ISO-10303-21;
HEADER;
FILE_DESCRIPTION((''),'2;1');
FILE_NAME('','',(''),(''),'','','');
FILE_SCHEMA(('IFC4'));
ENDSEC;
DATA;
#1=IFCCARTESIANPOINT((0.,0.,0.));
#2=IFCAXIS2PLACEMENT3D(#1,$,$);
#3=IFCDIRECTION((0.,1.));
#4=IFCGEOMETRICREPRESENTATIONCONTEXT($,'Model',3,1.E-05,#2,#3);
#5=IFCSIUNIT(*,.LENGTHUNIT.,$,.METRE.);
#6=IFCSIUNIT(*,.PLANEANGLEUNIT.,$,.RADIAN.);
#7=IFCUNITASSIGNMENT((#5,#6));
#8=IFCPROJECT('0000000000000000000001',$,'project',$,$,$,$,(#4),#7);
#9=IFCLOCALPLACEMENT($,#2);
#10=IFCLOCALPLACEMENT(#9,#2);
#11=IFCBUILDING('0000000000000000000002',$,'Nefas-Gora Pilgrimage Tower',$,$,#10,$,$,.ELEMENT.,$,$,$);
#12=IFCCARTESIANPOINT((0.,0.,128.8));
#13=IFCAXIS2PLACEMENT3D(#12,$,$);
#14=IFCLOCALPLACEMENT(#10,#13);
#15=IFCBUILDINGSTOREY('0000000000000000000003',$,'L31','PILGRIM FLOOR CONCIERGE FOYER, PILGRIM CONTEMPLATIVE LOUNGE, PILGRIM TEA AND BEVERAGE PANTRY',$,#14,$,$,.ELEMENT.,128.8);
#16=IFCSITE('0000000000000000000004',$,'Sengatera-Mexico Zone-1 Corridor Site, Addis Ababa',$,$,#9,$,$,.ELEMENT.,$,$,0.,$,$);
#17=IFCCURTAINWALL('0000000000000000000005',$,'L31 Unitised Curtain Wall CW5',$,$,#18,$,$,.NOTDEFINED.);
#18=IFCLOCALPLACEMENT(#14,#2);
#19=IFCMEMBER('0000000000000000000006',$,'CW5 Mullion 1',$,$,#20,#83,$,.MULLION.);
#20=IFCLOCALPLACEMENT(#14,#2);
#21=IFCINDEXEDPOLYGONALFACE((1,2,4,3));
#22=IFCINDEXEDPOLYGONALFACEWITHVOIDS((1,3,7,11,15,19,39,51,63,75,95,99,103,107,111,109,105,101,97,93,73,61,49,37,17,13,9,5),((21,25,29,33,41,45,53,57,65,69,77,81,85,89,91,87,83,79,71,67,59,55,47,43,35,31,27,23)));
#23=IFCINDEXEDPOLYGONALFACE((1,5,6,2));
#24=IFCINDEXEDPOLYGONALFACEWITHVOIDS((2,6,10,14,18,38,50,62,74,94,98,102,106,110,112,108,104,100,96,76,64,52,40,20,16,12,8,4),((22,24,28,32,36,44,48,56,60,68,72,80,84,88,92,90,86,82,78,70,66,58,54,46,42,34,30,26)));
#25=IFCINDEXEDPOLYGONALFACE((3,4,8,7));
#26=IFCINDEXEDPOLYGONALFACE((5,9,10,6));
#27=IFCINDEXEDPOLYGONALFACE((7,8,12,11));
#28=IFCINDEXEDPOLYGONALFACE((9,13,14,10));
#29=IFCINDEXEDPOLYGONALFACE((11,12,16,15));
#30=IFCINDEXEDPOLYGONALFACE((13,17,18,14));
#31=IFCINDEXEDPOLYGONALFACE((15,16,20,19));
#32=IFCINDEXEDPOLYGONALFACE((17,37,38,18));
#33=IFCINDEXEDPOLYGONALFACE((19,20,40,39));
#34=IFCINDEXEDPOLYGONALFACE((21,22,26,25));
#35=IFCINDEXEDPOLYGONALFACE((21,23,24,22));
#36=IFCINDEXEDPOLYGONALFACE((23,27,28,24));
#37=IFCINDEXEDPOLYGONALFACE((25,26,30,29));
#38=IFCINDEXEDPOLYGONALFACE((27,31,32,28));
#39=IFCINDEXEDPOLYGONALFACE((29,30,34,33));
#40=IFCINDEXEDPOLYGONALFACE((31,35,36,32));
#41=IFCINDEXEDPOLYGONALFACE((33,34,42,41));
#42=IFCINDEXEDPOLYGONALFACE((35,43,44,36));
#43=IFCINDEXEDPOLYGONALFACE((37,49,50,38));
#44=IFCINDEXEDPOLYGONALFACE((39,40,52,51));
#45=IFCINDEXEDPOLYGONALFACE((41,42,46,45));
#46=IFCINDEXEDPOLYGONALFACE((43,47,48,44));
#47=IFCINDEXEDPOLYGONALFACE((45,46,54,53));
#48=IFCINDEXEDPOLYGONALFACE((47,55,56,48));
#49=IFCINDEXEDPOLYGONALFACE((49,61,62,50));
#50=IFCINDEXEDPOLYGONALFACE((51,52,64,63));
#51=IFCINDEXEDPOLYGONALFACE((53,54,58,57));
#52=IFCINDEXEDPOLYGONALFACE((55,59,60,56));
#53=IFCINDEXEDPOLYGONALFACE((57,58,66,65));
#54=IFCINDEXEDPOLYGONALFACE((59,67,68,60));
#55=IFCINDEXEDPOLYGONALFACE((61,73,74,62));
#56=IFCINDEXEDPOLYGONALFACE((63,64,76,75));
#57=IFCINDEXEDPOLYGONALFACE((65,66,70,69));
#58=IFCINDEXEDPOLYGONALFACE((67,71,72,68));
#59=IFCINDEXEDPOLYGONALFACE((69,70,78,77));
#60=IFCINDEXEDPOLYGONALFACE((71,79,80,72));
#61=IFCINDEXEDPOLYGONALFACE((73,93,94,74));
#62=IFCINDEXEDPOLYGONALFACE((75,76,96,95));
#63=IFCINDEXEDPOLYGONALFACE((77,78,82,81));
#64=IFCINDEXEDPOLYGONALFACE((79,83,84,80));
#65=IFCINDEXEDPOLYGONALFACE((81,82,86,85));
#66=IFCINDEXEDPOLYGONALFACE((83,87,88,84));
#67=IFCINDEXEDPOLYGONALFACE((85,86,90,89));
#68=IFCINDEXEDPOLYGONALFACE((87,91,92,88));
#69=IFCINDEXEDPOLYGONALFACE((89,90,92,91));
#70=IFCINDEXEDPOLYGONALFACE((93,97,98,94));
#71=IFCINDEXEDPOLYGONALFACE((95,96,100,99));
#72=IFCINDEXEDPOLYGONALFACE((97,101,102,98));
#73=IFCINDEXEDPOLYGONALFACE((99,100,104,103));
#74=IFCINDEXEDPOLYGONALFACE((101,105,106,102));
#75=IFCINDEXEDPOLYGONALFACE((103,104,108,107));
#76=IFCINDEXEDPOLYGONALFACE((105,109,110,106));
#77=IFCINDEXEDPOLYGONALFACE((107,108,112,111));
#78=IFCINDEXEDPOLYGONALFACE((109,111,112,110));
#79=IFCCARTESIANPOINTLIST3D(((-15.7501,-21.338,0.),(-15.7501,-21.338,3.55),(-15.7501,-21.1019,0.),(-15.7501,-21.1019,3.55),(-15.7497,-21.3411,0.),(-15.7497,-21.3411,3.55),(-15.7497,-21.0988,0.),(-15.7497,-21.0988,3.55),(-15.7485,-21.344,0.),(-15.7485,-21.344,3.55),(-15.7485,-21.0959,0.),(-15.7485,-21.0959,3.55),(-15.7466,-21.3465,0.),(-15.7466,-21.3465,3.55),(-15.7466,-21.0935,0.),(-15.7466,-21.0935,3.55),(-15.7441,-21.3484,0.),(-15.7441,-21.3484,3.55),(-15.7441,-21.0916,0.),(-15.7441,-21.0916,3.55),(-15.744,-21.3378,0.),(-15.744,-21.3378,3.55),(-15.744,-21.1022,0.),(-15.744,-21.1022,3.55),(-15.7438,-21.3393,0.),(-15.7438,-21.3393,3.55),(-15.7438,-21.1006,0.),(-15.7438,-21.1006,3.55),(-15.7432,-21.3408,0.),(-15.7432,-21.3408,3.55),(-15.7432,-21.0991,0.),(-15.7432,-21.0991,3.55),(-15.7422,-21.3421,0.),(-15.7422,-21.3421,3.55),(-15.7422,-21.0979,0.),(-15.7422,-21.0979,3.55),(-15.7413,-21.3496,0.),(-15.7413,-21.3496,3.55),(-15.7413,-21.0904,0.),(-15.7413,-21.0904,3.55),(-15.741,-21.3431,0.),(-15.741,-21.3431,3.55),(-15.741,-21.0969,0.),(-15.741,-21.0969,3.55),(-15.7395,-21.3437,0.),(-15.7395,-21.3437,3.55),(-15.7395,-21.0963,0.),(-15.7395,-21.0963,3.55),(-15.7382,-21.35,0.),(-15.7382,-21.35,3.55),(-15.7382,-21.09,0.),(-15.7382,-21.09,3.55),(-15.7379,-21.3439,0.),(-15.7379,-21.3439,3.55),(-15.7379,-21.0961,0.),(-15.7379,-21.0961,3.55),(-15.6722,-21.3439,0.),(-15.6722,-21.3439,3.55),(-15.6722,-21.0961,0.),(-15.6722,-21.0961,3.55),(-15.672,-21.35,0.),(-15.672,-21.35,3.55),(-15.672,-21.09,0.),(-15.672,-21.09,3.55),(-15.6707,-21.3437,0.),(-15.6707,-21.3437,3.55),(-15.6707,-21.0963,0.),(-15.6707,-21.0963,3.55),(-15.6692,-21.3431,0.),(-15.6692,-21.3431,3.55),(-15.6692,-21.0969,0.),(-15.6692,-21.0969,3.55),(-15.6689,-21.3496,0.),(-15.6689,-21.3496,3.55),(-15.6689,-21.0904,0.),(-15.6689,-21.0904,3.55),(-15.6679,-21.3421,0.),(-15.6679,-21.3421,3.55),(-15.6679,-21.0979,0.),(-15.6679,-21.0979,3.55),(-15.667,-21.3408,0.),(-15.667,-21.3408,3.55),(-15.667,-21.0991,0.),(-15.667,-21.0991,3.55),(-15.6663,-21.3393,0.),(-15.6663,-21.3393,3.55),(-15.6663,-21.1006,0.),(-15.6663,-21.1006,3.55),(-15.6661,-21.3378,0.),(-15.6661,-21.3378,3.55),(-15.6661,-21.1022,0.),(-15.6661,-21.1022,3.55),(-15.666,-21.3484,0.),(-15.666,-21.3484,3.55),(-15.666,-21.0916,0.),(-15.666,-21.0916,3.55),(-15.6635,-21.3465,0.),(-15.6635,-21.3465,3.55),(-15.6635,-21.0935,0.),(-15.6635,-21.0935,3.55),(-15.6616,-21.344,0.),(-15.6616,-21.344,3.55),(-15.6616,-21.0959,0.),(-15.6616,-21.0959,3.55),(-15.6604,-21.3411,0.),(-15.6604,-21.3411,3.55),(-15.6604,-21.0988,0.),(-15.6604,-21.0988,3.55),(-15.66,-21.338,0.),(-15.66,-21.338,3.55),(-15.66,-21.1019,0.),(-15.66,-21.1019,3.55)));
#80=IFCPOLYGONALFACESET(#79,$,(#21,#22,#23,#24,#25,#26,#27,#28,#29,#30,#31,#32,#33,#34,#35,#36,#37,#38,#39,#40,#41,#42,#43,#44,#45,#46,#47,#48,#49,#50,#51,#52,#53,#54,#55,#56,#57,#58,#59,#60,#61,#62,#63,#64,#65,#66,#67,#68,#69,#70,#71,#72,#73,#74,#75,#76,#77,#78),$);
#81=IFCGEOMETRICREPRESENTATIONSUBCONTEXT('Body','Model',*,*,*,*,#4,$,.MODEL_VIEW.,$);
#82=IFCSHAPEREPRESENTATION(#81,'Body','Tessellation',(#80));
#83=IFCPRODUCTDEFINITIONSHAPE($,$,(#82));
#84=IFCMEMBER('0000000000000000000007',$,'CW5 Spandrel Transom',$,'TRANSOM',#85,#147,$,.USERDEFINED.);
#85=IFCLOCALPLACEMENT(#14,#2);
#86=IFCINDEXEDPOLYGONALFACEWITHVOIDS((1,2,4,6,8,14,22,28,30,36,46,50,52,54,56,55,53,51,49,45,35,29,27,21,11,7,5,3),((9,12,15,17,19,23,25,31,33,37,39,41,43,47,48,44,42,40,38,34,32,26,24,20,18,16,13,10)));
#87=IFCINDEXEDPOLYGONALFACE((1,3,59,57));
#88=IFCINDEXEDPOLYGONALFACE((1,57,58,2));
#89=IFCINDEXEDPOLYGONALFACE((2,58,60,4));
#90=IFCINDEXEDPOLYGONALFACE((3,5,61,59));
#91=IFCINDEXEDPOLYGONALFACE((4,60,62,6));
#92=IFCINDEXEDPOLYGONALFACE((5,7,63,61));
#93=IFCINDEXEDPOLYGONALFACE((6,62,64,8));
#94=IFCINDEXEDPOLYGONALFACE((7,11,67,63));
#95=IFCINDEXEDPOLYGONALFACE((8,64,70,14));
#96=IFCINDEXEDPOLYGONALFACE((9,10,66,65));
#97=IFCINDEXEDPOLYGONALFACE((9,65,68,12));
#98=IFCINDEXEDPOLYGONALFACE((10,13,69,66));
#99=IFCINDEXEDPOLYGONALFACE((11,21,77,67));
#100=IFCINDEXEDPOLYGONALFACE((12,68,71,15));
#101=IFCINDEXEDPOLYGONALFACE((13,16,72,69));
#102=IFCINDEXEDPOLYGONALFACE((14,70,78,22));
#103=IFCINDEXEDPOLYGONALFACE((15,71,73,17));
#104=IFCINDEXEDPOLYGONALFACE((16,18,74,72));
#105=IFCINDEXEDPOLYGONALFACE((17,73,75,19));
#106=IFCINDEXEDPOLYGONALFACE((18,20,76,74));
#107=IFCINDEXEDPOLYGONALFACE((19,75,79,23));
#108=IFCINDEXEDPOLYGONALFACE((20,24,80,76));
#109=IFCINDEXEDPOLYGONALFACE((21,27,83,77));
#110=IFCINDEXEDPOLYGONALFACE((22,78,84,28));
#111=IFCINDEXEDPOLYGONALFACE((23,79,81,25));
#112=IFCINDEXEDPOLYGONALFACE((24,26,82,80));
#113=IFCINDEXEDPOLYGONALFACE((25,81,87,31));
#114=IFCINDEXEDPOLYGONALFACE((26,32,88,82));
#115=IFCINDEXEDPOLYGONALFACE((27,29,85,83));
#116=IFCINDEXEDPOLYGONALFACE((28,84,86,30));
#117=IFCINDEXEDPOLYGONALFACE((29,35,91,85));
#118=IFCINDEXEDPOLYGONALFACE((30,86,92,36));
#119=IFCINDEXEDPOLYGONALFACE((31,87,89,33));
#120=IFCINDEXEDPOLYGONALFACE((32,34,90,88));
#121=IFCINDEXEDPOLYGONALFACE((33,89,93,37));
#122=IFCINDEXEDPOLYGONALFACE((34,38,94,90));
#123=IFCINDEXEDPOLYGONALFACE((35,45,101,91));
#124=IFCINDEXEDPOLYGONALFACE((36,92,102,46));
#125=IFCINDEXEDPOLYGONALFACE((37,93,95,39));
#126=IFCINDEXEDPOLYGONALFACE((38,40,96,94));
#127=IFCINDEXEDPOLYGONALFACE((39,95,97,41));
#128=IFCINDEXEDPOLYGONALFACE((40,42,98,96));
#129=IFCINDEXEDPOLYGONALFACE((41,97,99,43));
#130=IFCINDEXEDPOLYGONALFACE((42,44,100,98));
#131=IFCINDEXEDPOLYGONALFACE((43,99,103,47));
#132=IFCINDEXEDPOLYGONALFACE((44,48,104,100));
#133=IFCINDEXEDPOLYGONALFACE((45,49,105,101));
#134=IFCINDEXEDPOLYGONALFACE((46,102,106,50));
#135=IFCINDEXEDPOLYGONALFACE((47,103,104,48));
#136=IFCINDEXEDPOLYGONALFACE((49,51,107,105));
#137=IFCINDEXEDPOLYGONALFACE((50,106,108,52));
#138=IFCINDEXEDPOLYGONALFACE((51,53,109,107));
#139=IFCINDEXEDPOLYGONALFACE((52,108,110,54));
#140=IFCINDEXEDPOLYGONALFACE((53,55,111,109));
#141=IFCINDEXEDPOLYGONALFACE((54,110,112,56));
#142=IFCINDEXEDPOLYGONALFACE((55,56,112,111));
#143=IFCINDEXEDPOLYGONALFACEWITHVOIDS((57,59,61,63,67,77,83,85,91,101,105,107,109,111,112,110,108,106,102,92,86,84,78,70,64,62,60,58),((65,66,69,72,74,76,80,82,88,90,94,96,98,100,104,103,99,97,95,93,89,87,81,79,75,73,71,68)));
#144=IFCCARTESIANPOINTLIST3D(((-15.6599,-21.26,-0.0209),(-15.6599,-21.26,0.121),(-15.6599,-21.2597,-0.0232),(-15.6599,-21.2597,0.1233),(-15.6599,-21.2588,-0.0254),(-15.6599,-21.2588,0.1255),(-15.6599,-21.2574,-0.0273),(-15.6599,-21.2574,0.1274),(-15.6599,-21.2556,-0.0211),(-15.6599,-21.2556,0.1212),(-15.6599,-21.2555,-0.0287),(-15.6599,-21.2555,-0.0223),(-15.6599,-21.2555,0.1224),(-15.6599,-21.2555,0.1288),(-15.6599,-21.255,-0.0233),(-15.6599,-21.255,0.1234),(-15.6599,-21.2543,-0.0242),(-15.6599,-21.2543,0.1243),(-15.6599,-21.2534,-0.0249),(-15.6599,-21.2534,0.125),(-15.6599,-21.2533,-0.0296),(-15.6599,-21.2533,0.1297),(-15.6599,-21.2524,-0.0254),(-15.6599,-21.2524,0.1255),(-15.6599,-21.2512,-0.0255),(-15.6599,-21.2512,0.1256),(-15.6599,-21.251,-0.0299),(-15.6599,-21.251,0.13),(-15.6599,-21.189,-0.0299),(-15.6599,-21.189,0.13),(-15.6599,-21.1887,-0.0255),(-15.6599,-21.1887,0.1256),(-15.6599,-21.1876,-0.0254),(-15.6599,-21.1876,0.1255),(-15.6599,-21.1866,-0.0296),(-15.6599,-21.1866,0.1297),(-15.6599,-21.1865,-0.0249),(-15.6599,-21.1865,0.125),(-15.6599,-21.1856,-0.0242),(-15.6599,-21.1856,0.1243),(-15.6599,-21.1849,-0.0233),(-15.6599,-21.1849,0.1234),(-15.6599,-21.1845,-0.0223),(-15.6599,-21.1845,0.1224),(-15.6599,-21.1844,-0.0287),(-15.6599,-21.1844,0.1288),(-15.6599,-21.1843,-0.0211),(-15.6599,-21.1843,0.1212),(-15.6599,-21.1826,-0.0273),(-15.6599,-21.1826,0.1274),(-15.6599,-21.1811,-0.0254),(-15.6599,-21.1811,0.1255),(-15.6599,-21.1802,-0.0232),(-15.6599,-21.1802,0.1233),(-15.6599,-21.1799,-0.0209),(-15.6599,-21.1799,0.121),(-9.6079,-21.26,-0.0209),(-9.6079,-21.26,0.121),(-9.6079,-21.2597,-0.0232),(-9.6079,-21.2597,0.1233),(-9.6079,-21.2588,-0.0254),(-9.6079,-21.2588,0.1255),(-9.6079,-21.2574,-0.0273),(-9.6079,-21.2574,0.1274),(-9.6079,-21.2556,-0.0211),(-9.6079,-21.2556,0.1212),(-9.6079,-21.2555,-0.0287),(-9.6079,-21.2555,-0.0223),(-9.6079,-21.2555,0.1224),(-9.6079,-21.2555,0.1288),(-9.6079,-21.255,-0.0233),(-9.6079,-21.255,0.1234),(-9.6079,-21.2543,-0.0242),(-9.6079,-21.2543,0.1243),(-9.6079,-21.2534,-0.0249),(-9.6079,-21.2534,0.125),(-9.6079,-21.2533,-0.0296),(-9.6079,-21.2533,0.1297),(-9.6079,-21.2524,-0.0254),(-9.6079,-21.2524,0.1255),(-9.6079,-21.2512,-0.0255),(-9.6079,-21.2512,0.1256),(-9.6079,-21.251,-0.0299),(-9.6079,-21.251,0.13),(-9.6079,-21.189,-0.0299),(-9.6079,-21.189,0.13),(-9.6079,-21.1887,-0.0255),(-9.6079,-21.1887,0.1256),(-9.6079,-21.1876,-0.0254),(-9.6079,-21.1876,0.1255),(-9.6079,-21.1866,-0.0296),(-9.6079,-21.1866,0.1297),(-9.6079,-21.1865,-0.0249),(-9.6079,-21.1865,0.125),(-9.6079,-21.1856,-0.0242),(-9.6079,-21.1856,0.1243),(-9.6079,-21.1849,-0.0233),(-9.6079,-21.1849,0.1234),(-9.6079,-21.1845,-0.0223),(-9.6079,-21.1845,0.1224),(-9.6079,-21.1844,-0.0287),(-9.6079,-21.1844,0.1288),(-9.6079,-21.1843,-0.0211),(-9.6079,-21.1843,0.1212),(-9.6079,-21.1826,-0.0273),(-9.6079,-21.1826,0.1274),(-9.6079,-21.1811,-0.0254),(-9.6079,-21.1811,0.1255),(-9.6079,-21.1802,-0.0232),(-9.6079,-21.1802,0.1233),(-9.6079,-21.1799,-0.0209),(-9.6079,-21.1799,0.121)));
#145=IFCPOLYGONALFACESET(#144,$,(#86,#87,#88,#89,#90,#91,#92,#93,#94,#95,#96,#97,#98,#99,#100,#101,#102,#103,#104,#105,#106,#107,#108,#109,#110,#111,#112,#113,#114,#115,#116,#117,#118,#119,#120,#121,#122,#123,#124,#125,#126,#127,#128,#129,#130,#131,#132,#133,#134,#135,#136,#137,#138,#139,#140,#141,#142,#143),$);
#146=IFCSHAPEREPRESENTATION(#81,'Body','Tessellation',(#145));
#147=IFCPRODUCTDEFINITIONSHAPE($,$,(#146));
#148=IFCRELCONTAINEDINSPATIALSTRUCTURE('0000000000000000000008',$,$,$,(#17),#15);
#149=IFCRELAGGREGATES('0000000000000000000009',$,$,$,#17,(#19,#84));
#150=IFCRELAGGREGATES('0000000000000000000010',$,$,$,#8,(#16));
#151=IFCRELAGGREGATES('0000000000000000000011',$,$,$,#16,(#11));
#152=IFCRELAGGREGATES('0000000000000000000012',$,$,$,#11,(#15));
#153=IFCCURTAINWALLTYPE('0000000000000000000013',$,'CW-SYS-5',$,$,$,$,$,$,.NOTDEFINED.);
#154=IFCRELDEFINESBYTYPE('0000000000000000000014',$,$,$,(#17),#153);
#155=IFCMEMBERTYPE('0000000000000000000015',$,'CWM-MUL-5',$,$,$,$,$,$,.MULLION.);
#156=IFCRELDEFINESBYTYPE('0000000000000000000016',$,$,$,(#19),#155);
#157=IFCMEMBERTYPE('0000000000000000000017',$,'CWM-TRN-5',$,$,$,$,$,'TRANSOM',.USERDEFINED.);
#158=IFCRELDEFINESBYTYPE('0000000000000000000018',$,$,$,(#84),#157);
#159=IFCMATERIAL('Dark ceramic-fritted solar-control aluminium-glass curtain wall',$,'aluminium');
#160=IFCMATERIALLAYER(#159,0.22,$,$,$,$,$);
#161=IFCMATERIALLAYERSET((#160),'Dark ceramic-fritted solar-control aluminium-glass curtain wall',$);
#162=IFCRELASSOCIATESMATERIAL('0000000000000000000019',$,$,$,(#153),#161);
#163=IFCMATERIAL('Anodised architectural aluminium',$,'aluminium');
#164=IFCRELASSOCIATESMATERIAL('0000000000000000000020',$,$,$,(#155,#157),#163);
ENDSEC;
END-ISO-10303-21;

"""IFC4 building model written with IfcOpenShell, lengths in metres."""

from ifc_helpers import new_model, si_unit, direction, frame, origin, origin_2d, place, context, subcontext, project, spatial, hollow_rectangle, extrude, source, transform, mapped, material, layer, layer_set, material_profile, profile_set, type_object, element, aggregate, save


model = new_model("IFC4")

# Units and contexts
model_context = context("Model", 3, precision=1e-05, world=origin(), true_north=direction((0.0, 1.0)))
body_context = subcontext(model_context, "Body", "Model", "MODEL_VIEW")
ifc_project = project(units=[si_unit("LENGTHUNIT", "METRE"), si_unit("PLANEANGLEUNIT", "RADIAN")], contexts=[model_context])

# Site, building, storey
site_placement = place(None, origin())
site = spatial("IfcSite", under=ifc_project, at=site_placement, Name="Sengatera-Mexico Zone-1 Corridor Site, Addis Ababa", CompositionType="ELEMENT", RefElevation=0.0)
building_placement = place(site_placement, origin())
building = spatial("IfcBuilding", under=site, at=building_placement, Name="Nefas-Gora Pilgrimage Tower", CompositionType="ELEMENT")
storey_placement = place(building_placement, frame((0.0, 0.0, 128.8)))
storey = spatial("IfcBuildingStorey", under=building, at=storey_placement, Name="L31", Description="PILGRIM FLOOR CONCIERGE FOYER, PILGRIM CONTEMPLATIVE LOUNGE, PILGRIM TEA AND BEVERAGE PANTRY", CompositionType="ELEMENT", Elevation=128.8)

# Curtain wall, members
ifc_material_1 = material(Name="Dark ceramic-fritted solar-control aluminium-glass curtain wall", Category="aluminium")
ifc_layer_1 = layer(ifc_material_1, 0.22)
ifc_layer_set_1 = layer_set([ifc_layer_1], Name="Dark ceramic-fritted solar-control aluminium-glass curtain wall")
curtain_wall_type_1 = type_object("IfcCurtainWallType", Name="CW-SYS-5", PredefinedType="NOTDEFINED", material=ifc_layer_set_1)
curtain_wall_1_placement = place(storey_placement, origin())
curtain_wall_1 = element("IfcCurtainWall", 1, at=curtain_wall_1_placement, inside=storey, type_object=curtain_wall_type_1, Name="L31 Unitised Curtain Wall CW5", PredefinedType="NOTDEFINED")
ifc_material_2 = material(Name="Anodised architectural aluminium", Category="aluminium")
ifc_material_profile_1 = material_profile(ifc_material_2, hollow_rectangle(XDim=0.0901, YDim=0.26, WallThickness=0.0061, InnerFilletRadius=0.0061, OuterFilletRadius=0.012, at=origin_2d()), Name="ALU MULLION 90x260")
ifc_profile_set_1 = profile_set([ifc_material_profile_1], Name="Anodised architectural aluminium")
member_type_1 = type_object("IfcMemberType", Name="CWM-MUL-5", PredefinedType="MULLION", material=ifc_profile_set_1)
shared_shape_1 = source(origin(), body_context, "Body", "SweptSolid", [
    extrude(hollow_rectangle(XDim=0.0901, YDim=0.26, WallThickness=0.0061, InnerFilletRadius=0.0061, OuterFilletRadius=0.012, at=origin_2d()), origin(), (0.0, 0.0, 1.0), 3.55),
])
member_1_placement = place(storey_placement, frame((-15.7051, -21.22, 0.0), z_axis=(0.0, 0.0, 1.0), x_axis=(1.0, 0.0, 0.0)))
member_1 = element("IfcMember", 2, at=member_1_placement, type_object=member_type_1, Name="CW5 Mullion 1", PredefinedType="MULLION", context=body_context, shape_type="MappedRepresentation", body=[
    mapped(shared_shape_1, transform((0.0, 0.0, 0.0), x_axis=(1.0, 0.0, 0.0), y_axis=(0.0, 1.0, 0.0), z_axis=(0.0, 0.0, 1.0), scale=1.0)),
])
ifc_material_profile_2 = material_profile(ifc_material_2, hollow_rectangle(XDim=0.0801, YDim=0.1599, WallThickness=0.0044, InnerFilletRadius=0.0044, OuterFilletRadius=0.009, at=origin_2d()), Name="ALU TRANSOM 80x160")
ifc_profile_set_2 = profile_set([ifc_material_profile_2], Name="Anodised architectural aluminium")
member_type_2 = type_object("IfcMemberType", Name="CWM-TRN-5", ElementType="TRANSOM", PredefinedType="USERDEFINED", material=ifc_profile_set_2)
shared_shape_2 = source(origin(), body_context, "Body", "SweptSolid", [
    extrude(hollow_rectangle(XDim=0.0801, YDim=0.1599, WallThickness=0.0044, InnerFilletRadius=0.0044, OuterFilletRadius=0.009, at=origin_2d()), origin(), (0.0, 0.0, 1.0), 6.052),
])
member_2_placement = place(storey_placement, frame((-15.6599, -21.22, 0.05), z_axis=(1.0, 0.0, 0.0), x_axis=(0.0, 1.0, 0.0)))
member_2 = element("IfcMember", 3, at=member_2_placement, type_object=member_type_2, Name="CW5 Spandrel Transom", ObjectType="TRANSOM", PredefinedType="USERDEFINED", context=body_context, shape_type="MappedRepresentation", body=[
    mapped(shared_shape_2, transform((0.0, 0.0, 0.0), x_axis=(1.0, 0.0, 0.0), y_axis=(0.0, 1.0, 0.0), z_axis=(0.0, 0.0, 1.0), scale=1.0)),
])

aggregate(curtain_wall_1, [member_1, member_2])

save(model, "model.ifc")
